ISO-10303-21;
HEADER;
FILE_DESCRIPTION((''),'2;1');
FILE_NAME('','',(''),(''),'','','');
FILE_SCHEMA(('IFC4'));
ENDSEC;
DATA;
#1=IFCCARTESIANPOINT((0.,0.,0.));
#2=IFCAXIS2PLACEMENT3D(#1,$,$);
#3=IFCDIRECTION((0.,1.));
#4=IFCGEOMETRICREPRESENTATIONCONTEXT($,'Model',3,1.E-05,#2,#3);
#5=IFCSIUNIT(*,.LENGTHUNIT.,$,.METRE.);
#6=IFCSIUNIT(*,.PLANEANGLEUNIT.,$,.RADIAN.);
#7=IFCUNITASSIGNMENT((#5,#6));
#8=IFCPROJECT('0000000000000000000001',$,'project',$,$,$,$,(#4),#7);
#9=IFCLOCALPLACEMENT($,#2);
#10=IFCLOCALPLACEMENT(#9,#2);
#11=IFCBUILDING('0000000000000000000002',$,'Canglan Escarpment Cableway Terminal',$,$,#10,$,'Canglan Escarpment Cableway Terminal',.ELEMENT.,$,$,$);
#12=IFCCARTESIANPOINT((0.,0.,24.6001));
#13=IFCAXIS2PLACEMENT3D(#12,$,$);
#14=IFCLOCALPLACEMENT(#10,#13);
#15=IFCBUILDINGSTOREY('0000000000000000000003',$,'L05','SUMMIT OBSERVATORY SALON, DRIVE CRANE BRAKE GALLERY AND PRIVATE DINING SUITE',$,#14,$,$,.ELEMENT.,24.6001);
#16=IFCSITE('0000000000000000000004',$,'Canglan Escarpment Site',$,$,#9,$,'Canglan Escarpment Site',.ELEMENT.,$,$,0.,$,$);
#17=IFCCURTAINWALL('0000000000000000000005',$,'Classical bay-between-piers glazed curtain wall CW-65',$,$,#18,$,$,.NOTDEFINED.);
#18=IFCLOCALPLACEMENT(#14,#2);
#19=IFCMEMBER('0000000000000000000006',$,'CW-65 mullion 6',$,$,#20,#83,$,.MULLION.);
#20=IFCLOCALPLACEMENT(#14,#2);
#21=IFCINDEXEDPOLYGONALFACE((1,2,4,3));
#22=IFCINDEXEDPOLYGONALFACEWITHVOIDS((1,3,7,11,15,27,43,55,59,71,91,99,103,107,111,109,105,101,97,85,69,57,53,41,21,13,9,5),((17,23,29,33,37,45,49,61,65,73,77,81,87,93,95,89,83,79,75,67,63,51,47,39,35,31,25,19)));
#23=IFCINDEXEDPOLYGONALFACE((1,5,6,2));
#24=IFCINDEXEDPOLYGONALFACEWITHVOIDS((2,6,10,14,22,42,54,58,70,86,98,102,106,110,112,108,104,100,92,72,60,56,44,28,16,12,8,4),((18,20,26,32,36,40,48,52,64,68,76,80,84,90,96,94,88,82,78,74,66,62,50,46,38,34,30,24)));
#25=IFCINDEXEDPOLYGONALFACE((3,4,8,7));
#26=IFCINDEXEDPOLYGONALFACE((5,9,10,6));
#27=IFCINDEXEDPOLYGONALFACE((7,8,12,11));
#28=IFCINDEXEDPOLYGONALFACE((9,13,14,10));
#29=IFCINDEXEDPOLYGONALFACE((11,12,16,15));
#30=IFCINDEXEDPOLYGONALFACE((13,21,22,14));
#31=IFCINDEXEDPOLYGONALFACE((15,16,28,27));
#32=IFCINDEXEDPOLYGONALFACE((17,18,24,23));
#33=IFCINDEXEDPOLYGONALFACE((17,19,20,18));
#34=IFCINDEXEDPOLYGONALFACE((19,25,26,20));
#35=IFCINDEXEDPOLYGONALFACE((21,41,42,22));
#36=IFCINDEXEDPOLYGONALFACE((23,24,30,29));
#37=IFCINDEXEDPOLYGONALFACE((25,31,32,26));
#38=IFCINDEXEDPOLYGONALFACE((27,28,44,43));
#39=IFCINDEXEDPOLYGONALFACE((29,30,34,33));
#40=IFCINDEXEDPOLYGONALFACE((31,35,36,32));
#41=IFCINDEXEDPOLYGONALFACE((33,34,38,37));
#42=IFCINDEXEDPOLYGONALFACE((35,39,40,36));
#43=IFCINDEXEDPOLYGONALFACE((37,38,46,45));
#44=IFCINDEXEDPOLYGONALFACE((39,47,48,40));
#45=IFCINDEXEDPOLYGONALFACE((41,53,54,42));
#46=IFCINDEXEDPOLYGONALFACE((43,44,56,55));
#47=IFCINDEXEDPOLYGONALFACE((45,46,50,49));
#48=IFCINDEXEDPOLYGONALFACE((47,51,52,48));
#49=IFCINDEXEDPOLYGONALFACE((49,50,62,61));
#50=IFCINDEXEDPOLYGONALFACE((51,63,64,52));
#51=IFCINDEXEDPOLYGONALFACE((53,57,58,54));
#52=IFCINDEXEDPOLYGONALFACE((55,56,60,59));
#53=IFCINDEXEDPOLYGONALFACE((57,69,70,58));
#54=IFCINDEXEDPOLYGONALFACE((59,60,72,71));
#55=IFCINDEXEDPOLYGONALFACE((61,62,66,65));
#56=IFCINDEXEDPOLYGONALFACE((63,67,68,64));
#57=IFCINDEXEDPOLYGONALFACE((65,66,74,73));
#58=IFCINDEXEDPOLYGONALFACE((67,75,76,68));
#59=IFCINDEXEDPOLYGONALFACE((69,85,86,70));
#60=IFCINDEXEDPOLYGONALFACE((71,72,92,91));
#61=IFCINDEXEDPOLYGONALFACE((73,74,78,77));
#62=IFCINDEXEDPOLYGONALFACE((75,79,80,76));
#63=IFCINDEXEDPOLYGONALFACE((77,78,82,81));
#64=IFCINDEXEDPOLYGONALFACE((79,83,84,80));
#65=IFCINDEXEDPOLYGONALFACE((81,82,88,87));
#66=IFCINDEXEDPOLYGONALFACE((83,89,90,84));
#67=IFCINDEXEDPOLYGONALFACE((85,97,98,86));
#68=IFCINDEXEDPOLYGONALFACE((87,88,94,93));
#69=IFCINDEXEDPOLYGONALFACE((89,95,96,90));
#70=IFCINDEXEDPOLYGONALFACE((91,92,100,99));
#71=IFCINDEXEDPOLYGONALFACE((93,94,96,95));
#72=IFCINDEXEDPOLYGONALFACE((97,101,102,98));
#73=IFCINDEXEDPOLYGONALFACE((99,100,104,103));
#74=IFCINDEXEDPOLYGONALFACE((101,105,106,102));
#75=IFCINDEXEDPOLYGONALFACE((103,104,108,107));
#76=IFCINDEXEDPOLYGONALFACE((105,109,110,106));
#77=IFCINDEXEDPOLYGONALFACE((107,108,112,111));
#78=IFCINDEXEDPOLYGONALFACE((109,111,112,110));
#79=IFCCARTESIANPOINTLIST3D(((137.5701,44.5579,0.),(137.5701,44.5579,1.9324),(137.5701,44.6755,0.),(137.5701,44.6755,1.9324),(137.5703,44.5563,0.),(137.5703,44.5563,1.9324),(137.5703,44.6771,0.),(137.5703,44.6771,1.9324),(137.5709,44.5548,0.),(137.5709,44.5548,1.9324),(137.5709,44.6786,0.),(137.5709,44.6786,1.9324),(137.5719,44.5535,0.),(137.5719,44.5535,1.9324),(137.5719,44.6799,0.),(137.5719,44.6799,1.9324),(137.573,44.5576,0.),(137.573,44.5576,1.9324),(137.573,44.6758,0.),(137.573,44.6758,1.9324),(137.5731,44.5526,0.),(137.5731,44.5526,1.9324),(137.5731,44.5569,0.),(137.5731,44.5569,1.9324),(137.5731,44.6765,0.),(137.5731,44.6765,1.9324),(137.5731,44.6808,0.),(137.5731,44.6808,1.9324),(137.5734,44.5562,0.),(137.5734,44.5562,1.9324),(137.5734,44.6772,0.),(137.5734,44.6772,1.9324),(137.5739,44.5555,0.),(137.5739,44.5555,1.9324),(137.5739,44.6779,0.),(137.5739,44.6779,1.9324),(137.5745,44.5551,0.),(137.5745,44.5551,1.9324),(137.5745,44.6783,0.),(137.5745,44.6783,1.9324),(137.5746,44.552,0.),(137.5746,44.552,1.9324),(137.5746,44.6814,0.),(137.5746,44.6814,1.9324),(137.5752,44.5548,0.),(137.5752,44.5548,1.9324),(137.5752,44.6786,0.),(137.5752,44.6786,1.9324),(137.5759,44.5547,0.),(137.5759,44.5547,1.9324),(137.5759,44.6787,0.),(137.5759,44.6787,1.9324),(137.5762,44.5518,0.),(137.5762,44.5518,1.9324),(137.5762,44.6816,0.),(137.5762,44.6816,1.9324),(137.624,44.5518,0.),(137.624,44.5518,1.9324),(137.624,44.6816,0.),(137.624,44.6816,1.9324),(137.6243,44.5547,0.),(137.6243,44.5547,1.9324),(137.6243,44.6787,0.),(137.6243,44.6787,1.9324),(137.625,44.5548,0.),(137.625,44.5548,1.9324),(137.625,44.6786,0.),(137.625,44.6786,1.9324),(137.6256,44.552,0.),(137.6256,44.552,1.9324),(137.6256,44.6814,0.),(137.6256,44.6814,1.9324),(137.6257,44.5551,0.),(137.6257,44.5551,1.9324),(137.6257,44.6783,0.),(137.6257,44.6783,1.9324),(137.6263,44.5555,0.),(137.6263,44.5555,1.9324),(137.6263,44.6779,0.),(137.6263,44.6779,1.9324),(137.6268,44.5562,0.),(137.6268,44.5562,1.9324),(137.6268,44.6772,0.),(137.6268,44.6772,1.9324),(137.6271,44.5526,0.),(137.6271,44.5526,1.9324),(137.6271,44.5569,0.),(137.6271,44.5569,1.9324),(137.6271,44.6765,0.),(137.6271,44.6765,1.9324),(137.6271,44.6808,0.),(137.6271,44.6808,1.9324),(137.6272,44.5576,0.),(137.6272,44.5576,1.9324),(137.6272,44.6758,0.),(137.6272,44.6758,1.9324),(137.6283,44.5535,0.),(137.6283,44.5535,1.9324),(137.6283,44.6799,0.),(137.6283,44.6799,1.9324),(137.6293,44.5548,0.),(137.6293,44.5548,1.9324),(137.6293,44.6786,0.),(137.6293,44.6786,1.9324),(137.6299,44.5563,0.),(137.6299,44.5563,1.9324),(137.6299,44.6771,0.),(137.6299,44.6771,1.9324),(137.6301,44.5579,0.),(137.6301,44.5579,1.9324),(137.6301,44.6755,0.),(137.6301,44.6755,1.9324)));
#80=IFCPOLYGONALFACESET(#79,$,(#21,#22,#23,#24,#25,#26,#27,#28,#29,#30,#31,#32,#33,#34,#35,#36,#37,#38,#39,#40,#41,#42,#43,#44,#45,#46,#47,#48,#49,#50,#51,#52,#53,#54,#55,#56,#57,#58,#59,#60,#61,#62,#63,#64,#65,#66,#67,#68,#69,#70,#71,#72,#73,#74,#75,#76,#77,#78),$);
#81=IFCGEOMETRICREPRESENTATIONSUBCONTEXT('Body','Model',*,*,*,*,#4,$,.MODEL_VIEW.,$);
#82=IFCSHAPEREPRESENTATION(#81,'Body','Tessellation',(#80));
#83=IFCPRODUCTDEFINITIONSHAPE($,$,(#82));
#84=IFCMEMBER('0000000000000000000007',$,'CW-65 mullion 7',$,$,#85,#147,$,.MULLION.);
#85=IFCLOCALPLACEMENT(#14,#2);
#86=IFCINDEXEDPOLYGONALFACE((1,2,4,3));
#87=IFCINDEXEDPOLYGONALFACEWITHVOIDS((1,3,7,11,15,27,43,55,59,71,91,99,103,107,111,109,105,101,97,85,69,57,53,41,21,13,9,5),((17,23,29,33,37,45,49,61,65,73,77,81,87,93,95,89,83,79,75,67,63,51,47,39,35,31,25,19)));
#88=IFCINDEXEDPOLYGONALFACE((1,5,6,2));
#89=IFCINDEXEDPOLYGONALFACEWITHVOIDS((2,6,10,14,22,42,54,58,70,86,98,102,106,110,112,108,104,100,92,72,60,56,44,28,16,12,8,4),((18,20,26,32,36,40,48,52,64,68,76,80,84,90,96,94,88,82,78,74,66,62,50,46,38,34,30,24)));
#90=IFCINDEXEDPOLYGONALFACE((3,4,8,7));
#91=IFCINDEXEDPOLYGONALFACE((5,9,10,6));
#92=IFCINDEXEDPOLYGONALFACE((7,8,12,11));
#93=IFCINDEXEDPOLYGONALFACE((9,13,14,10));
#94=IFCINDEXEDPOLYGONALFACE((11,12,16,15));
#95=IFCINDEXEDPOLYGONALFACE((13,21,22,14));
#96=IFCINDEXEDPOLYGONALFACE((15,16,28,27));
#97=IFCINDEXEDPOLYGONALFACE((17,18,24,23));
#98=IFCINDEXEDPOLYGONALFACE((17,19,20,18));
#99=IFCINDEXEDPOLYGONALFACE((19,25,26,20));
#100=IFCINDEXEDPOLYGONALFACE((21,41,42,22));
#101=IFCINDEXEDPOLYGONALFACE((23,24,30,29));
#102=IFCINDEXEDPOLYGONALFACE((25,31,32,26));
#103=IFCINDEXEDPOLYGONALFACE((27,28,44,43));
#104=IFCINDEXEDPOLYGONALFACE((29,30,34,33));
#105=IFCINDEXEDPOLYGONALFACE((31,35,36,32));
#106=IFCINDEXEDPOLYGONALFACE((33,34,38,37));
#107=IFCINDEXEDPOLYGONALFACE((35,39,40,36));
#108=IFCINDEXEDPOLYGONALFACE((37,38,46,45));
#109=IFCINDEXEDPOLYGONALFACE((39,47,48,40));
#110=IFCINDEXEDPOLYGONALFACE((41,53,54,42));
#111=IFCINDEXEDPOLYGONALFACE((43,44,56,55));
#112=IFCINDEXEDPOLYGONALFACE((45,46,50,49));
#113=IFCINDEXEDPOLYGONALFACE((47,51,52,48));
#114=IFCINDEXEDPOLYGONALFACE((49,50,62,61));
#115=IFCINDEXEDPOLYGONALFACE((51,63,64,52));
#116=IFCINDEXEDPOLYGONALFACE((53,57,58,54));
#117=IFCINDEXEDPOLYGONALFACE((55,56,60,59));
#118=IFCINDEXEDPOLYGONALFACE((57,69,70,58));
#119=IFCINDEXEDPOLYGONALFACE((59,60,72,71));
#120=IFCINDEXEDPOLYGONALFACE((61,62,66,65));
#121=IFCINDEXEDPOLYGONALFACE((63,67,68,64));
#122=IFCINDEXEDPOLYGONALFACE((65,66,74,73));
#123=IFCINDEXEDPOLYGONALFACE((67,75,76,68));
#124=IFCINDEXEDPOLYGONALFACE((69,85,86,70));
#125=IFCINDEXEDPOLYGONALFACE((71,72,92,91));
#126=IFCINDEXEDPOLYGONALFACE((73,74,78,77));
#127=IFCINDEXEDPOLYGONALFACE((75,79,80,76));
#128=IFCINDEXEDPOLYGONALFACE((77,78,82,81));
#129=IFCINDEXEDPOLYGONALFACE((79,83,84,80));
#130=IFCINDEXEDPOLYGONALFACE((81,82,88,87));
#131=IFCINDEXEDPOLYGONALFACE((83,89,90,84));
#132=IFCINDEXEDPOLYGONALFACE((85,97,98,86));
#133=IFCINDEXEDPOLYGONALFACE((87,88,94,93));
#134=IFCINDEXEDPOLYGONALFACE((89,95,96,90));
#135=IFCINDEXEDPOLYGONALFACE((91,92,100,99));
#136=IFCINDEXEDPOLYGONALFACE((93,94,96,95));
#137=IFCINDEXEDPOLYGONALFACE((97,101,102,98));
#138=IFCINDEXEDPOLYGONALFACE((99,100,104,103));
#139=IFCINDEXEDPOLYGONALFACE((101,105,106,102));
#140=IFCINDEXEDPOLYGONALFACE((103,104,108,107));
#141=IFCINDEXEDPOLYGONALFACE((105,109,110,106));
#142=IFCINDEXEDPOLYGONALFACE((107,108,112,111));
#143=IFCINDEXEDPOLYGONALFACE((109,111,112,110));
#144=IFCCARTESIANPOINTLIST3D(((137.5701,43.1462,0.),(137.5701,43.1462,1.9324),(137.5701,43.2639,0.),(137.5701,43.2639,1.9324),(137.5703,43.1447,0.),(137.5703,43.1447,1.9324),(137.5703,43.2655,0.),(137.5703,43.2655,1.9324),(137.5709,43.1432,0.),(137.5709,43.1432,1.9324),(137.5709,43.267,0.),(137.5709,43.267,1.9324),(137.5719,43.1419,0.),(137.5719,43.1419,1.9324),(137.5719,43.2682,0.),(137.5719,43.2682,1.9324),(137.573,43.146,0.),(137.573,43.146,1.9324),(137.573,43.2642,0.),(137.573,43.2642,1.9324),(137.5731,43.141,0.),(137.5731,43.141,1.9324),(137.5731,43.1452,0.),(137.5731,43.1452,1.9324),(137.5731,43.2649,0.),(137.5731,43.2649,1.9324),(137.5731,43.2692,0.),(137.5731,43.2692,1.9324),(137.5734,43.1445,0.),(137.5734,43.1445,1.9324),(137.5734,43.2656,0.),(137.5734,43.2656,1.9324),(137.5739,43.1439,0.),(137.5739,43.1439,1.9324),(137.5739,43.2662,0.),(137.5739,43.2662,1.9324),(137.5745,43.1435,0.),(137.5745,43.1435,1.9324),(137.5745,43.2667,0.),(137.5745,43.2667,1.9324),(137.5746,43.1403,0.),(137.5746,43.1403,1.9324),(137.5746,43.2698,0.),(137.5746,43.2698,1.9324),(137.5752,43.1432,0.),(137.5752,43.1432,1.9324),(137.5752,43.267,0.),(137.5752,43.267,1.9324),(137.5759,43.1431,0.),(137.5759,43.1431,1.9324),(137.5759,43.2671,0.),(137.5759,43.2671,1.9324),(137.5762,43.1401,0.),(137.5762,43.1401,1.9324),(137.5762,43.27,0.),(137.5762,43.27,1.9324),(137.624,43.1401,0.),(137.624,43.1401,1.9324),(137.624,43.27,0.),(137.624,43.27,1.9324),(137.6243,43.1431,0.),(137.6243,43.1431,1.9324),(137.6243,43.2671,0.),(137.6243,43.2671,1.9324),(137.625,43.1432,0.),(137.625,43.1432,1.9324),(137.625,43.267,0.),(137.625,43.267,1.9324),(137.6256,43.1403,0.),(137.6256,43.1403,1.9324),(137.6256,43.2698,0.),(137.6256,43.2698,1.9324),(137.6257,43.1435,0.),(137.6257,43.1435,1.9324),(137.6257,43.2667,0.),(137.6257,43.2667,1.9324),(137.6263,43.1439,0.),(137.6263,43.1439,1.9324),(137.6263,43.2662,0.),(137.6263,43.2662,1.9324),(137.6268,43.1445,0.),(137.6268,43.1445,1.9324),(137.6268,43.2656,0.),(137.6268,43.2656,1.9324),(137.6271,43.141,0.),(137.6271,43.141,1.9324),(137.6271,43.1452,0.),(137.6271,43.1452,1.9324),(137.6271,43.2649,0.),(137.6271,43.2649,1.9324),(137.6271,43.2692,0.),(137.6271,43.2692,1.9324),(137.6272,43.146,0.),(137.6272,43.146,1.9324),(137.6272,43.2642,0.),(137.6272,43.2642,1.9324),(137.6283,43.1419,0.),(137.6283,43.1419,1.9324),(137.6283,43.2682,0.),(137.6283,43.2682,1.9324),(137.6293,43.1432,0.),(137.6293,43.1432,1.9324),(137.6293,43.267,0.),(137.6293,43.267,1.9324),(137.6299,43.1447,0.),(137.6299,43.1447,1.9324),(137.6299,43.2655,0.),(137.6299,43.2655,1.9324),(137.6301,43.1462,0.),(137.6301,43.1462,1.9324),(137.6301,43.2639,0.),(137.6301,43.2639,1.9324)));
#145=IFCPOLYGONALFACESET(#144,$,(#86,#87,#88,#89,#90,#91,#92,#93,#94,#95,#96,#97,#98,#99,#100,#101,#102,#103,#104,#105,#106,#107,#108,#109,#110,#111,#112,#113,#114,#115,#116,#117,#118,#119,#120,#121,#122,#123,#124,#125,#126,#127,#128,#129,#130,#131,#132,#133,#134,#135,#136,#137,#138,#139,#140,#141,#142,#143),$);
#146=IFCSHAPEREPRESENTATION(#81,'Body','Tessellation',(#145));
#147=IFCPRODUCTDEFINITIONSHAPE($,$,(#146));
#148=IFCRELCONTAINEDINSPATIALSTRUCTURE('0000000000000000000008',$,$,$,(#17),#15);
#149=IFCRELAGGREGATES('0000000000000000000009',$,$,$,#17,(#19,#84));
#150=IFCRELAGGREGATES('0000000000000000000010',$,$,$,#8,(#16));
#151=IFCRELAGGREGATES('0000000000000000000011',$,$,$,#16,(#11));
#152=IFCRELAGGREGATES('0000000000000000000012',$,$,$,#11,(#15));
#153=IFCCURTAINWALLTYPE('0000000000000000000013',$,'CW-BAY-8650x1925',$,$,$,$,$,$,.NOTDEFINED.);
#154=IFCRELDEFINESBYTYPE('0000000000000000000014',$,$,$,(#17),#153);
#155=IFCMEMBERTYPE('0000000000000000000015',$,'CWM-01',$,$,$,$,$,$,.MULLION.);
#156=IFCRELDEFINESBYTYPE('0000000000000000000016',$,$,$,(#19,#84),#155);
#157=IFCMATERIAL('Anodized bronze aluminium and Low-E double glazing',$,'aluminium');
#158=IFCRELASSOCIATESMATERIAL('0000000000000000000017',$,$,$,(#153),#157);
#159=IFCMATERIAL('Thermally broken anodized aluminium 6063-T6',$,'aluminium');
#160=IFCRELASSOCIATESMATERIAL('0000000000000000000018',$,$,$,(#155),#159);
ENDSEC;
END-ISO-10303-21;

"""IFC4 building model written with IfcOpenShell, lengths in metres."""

from ifc_helpers import new_model, si_unit, direction, frame, origin, origin_2d, place, context, subcontext, project, spatial, hollow_rectangle, extrude, material, material_profile, profile_set, type_object, element, aggregate, save


model = new_model("IFC4")

# Units and contexts
model_context = context("Model", 3, precision=1e-05, world=origin(), true_north=direction((0.0, 1.0)))
body_context = subcontext(model_context, "Body", "Model", "MODEL_VIEW")
ifc_project = project(units=[si_unit("LENGTHUNIT", "METRE"), si_unit("PLANEANGLEUNIT", "RADIAN")], contexts=[model_context])

# Site, building, storey
site_placement = place(None, origin())
site = spatial("IfcSite", under=ifc_project, at=site_placement, Name="Canglan Escarpment Site", LongName="Canglan Escarpment Site", CompositionType="ELEMENT", RefElevation=0.0)
building_placement = place(site_placement, origin())
building = spatial("IfcBuilding", under=site, at=building_placement, Name="Canglan Escarpment Cableway Terminal", LongName="Canglan Escarpment Cableway Terminal", CompositionType="ELEMENT")
storey_placement = place(building_placement, frame((0.0, 0.0, 24.6001)))
storey = spatial("IfcBuildingStorey", under=building, at=storey_placement, Name="L05", Description="SUMMIT OBSERVATORY SALON, DRIVE CRANE BRAKE GALLERY AND PRIVATE DINING SUITE", CompositionType="ELEMENT", Elevation=24.6001)

# Curtain wall, members
ifc_material_1 = material(Name="Anodized bronze aluminium and Low-E double glazing", Category="aluminium")
curtain_wall_type = type_object("IfcCurtainWallType", Name="CW-BAY-8650x1925", PredefinedType="NOTDEFINED", material=ifc_material_1)
curtain_wall_1_placement = place(storey_placement, origin())
curtain_wall_1 = element("IfcCurtainWall", 1, at=curtain_wall_1_placement, inside=storey, type_object=curtain_wall_type, Name="Classical bay-between-piers glazed curtain wall CW-65", PredefinedType="NOTDEFINED")
ifc_material_2 = material(Name="Thermally broken anodized aluminium 6063-T6", Category="aluminium")
ifc_material_profile_1 = material_profile(ifc_material_2, hollow_rectangle(XDim=0.0601, YDim=0.1299, WallThickness=0.0029, InnerFilletRadius=0.0029, OuterFilletRadius=0.0061, at=origin_2d()), Name="ALU-MULL 60x130x3")
ifc_profile_set_1 = profile_set([ifc_material_profile_1], Name="Thermally broken anodized aluminium 6063-T6")
member_type_1 = type_object("IfcMemberType", Name="CWM-01", PredefinedType="MULLION", material=ifc_profile_set_1)
member_1_placement = place(storey_placement, frame((137.6001, 44.6167, 0.0), z_axis=(0.0, 0.0, 1.0), x_axis=(1.0, 0.0, 0.0)))
member_1 = element("IfcMember", 2, at=member_1_placement, type_object=member_type_1, Name="CW-65 mullion 6", PredefinedType="MULLION", context=body_context, shape_type="SweptSolid", body=[
    extrude(hollow_rectangle(XDim=0.0601, YDim=0.1299, WallThickness=0.0029, InnerFilletRadius=0.0029, OuterFilletRadius=0.0061, at=origin_2d()), origin(), (0.0, 0.0, 1.0), 1.9324),
])
member_2_placement = place(storey_placement, frame((137.6001, 43.2051, 0.0), z_axis=(0.0, 0.0, 1.0), x_axis=(1.0, 0.0, 0.0)))
member_2 = element("IfcMember", 3, at=member_2_placement, type_object=member_type_1, Name="CW-65 mullion 7", PredefinedType="MULLION", context=body_context, shape_type="SweptSolid", body=[
    extrude(hollow_rectangle(XDim=0.0601, YDim=0.1299, WallThickness=0.0029, InnerFilletRadius=0.0029, OuterFilletRadius=0.0061, at=origin_2d()), origin(), (0.0, 0.0, 1.0), 1.9324),
])

aggregate(curtain_wall_1, [member_1, member_2])

save(model, "model.ifc")
